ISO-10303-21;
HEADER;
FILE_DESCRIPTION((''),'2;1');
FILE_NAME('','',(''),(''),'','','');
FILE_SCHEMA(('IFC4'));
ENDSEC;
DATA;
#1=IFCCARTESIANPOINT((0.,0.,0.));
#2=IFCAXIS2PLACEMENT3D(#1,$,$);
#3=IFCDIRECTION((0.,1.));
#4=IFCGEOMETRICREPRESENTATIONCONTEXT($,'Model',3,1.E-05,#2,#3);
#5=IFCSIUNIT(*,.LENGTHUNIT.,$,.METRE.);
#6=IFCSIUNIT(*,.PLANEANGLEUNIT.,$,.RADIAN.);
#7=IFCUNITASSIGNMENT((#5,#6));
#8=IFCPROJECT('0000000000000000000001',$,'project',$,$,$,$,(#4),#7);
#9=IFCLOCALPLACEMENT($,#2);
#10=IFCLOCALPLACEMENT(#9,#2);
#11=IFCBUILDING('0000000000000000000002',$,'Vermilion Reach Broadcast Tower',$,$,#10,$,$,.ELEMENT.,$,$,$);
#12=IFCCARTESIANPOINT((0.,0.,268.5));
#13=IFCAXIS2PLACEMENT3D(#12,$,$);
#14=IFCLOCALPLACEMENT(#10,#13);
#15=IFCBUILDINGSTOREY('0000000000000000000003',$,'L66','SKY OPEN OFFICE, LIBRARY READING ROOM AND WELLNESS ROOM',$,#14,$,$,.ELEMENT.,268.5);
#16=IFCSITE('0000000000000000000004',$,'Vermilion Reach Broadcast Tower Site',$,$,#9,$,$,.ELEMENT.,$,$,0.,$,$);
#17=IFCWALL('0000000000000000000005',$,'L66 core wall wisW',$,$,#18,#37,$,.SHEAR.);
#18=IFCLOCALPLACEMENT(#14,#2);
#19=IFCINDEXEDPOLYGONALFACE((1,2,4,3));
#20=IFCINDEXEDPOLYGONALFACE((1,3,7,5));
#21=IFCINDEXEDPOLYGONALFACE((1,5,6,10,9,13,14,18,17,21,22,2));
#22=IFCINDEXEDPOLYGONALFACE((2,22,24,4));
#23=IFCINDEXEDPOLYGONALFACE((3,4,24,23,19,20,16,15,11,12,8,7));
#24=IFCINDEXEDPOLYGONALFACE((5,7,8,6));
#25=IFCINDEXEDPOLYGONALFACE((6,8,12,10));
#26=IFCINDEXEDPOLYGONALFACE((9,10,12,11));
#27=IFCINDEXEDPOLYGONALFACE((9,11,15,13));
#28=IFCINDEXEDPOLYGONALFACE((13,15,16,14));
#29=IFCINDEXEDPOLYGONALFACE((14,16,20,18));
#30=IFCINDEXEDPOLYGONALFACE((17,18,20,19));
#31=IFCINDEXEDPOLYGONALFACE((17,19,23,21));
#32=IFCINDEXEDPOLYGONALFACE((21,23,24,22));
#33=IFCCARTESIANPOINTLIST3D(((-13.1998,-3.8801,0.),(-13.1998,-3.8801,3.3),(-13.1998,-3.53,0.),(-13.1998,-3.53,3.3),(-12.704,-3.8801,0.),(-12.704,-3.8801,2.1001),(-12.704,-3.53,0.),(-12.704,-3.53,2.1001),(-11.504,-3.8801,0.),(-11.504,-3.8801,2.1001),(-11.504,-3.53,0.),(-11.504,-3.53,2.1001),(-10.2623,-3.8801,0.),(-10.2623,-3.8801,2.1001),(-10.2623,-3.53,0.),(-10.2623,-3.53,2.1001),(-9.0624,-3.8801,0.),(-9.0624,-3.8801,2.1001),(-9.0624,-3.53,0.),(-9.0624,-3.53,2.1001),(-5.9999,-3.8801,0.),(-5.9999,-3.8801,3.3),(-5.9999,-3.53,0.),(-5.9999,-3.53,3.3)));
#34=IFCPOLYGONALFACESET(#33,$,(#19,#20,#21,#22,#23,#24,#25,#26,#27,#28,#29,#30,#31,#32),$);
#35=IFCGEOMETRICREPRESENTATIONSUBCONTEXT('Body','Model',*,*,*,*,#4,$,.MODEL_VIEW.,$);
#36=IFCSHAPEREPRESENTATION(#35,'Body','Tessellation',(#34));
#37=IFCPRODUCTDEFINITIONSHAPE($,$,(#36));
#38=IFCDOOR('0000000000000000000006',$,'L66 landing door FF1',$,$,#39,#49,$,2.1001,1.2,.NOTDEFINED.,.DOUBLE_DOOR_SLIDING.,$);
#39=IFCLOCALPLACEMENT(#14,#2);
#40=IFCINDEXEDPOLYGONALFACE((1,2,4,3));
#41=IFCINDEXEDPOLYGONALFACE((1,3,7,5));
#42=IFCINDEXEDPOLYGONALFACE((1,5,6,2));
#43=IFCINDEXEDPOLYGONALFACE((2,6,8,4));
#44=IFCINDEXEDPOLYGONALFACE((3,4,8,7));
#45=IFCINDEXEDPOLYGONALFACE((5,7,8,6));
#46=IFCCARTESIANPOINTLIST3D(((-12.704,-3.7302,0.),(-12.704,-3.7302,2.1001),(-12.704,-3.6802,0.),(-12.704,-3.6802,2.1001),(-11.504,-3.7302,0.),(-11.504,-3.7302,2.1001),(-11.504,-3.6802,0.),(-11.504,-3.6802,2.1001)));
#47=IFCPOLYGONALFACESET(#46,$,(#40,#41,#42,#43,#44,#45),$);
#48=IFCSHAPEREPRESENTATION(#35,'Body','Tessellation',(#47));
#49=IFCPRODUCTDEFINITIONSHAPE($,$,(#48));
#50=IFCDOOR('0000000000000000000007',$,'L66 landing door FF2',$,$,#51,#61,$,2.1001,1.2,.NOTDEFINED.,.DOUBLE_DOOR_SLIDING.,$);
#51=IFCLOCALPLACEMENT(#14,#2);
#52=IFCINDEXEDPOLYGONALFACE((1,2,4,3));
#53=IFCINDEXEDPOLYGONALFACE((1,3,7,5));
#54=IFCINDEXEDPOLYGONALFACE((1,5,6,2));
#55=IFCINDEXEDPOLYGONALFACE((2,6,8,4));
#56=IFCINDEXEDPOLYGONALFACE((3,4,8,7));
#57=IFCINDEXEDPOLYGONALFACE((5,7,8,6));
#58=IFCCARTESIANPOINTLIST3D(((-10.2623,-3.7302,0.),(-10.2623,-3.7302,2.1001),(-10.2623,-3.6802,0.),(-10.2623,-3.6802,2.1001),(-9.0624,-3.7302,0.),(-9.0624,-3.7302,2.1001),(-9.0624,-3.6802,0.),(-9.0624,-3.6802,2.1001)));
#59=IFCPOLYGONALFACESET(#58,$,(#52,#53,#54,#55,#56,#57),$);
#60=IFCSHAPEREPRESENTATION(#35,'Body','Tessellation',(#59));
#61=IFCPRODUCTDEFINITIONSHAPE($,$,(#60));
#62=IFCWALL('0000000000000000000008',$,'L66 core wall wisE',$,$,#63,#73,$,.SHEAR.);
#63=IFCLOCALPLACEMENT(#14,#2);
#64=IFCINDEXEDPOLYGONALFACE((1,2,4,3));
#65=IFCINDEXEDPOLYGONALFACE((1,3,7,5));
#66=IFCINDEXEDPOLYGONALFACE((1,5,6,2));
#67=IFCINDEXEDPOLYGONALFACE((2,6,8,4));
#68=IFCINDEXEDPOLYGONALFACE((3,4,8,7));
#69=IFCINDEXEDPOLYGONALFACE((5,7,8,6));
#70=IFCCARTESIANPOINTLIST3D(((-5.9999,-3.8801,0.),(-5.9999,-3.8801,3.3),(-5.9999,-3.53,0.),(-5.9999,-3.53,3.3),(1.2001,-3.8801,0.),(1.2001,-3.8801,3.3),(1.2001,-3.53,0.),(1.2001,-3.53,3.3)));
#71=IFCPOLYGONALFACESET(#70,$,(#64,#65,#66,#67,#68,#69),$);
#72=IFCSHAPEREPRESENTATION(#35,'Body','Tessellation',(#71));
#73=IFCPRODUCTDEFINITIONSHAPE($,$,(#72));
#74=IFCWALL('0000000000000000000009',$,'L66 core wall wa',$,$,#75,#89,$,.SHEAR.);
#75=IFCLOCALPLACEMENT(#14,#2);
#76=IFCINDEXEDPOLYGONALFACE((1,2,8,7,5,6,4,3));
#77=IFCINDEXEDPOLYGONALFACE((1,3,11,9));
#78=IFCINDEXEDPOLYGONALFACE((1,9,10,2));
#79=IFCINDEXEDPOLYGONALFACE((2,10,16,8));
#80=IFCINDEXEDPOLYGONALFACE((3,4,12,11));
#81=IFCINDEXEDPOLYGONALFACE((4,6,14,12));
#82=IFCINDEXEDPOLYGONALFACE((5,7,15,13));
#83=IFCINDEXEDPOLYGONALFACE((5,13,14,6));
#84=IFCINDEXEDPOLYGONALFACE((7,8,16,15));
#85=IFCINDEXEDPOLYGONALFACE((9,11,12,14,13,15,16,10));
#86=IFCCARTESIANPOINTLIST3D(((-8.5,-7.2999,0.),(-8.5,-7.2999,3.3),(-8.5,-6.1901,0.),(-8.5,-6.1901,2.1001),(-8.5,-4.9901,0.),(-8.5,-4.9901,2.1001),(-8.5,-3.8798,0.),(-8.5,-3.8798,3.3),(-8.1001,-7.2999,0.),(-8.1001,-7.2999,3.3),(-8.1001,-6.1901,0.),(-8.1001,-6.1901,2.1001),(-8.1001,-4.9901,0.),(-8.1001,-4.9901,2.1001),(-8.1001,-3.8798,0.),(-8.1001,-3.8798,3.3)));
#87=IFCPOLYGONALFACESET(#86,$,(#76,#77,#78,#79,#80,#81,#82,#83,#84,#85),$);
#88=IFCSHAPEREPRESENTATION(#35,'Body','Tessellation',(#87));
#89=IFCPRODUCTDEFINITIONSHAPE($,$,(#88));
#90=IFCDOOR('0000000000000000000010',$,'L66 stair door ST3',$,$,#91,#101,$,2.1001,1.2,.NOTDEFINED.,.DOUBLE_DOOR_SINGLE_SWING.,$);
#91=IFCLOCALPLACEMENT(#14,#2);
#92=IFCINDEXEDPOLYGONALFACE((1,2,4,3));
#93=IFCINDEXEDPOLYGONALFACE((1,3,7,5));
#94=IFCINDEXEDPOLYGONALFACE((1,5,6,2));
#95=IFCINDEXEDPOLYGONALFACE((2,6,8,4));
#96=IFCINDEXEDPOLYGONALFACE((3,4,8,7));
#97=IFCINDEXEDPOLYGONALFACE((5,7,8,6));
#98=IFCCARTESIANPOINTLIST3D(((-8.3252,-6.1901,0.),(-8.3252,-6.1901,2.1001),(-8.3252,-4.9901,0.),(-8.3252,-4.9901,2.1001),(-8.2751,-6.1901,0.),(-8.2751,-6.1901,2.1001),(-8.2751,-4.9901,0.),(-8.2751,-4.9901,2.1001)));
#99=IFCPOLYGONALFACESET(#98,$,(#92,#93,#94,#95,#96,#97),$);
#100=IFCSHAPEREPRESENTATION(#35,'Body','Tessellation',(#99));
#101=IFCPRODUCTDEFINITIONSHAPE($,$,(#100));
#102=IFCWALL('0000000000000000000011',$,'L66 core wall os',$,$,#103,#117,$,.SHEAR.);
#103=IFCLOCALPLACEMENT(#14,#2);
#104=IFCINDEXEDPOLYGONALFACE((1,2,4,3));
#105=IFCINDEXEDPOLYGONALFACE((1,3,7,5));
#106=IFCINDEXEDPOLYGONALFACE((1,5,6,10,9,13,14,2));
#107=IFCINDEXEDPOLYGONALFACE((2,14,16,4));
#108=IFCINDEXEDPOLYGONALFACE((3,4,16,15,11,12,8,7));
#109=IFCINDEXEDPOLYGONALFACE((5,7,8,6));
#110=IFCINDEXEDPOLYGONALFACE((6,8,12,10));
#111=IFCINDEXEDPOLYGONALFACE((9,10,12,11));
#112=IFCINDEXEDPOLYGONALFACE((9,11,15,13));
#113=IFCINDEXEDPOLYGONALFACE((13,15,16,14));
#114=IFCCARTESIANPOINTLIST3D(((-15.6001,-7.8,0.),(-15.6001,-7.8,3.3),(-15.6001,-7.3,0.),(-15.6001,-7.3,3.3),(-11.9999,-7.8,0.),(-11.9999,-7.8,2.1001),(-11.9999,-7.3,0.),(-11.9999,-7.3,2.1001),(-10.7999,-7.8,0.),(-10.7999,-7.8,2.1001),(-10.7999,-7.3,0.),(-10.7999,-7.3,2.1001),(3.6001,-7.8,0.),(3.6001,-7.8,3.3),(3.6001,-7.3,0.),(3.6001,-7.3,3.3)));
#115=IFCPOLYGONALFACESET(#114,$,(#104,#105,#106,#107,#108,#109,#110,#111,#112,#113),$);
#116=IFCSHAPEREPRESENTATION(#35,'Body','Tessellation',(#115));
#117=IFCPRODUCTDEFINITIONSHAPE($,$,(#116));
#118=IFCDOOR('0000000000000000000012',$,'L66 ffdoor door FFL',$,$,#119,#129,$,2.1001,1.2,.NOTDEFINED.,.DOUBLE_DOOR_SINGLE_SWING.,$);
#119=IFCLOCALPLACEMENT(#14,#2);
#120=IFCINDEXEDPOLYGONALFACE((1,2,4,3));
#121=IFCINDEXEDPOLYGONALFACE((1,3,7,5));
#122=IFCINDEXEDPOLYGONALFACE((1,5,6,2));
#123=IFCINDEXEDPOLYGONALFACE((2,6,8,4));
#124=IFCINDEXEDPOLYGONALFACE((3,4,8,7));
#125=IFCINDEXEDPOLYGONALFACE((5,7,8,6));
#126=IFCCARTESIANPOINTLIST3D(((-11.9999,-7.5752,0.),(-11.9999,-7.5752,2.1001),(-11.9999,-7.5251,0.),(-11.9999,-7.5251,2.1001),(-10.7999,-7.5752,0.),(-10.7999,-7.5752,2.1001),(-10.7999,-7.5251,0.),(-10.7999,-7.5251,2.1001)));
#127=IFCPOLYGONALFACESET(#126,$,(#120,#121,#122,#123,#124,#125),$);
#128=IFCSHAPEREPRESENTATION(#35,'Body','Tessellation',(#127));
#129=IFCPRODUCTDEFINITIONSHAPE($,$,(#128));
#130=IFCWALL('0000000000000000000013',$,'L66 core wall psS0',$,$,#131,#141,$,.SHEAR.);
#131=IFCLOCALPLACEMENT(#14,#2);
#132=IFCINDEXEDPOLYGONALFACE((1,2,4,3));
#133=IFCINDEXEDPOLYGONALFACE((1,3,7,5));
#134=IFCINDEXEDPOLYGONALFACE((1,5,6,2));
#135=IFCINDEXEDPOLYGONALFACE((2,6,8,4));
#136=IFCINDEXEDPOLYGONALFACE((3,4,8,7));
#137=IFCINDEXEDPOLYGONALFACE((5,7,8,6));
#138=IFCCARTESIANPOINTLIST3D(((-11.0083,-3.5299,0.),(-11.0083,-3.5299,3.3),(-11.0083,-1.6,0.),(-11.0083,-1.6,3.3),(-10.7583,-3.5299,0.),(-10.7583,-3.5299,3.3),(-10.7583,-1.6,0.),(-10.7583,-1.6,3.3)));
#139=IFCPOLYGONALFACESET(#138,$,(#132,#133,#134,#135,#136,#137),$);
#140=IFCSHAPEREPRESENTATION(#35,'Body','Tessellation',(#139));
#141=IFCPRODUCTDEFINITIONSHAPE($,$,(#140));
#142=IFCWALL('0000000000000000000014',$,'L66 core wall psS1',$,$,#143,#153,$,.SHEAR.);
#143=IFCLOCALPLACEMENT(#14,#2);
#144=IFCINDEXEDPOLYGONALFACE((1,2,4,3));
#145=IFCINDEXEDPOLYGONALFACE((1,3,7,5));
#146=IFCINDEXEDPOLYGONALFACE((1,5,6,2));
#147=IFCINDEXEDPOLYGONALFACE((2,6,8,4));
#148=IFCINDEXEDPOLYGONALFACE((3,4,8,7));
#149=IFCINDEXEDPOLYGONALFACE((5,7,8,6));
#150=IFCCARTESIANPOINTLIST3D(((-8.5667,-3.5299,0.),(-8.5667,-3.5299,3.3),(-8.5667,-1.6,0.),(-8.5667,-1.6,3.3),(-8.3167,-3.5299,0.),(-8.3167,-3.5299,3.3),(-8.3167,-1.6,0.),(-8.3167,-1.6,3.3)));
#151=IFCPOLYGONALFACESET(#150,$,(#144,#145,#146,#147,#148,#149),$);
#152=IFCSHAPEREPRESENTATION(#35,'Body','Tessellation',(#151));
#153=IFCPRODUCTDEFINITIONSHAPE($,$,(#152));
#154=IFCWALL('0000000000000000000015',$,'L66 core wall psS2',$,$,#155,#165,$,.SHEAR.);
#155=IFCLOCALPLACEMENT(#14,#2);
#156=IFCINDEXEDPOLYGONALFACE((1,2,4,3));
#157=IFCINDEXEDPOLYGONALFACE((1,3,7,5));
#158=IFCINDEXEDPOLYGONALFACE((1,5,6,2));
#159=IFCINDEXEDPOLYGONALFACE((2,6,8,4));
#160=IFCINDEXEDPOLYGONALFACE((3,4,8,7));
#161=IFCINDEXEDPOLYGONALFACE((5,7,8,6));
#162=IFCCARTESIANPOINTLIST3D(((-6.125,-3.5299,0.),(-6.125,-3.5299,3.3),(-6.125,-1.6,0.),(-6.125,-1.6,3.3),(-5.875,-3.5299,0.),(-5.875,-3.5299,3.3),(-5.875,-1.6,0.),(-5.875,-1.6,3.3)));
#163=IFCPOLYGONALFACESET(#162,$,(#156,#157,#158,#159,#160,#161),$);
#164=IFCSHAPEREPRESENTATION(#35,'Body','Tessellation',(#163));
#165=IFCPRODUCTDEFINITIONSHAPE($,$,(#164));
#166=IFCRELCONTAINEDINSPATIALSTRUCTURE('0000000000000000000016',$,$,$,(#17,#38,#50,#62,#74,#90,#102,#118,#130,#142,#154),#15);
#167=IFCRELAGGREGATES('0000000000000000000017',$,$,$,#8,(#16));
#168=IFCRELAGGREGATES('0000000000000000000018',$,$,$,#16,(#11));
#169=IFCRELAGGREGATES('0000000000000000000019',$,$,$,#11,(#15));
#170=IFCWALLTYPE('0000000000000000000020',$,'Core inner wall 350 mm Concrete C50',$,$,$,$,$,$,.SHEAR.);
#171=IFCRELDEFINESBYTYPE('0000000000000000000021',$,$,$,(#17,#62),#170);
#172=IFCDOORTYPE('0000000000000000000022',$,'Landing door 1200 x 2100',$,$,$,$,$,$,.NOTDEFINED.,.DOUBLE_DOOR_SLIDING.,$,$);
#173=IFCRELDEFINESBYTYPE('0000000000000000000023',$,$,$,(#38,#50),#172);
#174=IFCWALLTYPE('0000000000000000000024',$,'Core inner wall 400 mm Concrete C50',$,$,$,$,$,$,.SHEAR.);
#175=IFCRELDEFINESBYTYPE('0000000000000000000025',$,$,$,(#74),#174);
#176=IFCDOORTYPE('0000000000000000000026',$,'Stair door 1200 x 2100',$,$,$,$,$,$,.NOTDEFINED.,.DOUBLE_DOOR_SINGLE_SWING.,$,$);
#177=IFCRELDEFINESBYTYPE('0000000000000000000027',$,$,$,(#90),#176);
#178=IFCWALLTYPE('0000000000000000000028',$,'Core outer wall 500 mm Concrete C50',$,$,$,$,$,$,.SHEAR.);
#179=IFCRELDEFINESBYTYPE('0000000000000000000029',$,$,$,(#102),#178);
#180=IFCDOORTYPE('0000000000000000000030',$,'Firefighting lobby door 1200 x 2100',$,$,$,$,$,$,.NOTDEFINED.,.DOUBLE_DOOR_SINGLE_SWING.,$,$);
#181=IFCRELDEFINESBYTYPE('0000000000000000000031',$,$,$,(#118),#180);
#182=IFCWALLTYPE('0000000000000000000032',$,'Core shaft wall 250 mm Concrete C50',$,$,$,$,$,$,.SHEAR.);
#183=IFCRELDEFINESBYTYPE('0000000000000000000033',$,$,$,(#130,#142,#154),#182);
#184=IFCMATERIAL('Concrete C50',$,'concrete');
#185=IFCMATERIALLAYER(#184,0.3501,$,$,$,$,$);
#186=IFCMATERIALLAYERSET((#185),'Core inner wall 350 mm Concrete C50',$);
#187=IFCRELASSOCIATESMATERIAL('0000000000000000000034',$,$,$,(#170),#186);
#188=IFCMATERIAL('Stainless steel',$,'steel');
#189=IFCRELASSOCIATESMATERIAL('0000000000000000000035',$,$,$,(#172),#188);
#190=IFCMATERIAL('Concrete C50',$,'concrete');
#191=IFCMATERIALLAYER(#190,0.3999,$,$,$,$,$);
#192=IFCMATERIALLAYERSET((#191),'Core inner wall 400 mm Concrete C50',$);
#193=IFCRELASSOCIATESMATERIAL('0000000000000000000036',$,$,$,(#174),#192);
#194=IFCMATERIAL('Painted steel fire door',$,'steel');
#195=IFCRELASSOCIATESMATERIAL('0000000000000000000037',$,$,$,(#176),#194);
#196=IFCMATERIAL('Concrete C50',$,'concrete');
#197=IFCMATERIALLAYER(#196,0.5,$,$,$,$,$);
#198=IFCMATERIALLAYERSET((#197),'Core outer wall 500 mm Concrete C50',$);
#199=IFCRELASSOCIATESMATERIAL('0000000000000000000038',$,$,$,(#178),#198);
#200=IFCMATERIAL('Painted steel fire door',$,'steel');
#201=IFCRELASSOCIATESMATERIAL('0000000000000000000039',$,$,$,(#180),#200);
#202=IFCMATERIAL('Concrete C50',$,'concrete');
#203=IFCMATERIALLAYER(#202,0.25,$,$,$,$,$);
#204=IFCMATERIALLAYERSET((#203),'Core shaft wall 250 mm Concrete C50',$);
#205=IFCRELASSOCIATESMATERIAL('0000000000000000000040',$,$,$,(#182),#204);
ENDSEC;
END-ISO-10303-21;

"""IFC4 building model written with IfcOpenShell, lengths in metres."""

from ifc_helpers import new_model, si_unit, direction, frame, frame_2d, origin, place, context, subcontext, project, spatial, rectangle, extrude, material, layer, layer_set, type_object, element, fill, save


model = new_model("IFC4")

# Units and contexts
model_context = context("Model", 3, precision=1e-05, world=origin(), true_north=direction((0.0, 1.0)))
body_context = subcontext(model_context, "Body", "Model", "MODEL_VIEW")
ifc_project = project(units=[si_unit("LENGTHUNIT", "METRE"), si_unit("PLANEANGLEUNIT", "RADIAN")], contexts=[model_context])

# Site, building, storey
site_placement = place(None, origin())
site = spatial("IfcSite", under=ifc_project, at=site_placement, Name="Vermilion Reach Broadcast Tower Site", CompositionType="ELEMENT", RefElevation=0.0)
building_placement = place(site_placement, origin())
building = spatial("IfcBuilding", under=site, at=building_placement, Name="Vermilion Reach Broadcast Tower", CompositionType="ELEMENT")
storey_placement = place(building_placement, frame((0.0, 0.0, 268.5)))
storey = spatial("IfcBuildingStorey", under=building, at=storey_placement, Name="L66", Description="SKY OPEN OFFICE, LIBRARY READING ROOM AND WELLNESS ROOM", CompositionType="ELEMENT", Elevation=268.5)

# Wall, openings, doors
ifc_material_1 = material(Name="Concrete C50", Category="concrete")
ifc_layer_1 = layer(ifc_material_1, 0.3501)
ifc_layer_set_1 = layer_set([ifc_layer_1], Name="Core inner wall 350 mm Concrete C50")
wall_type_1 = type_object("IfcWallType", Name="Core inner wall 350 mm Concrete C50", PredefinedType="SHEAR", material=ifc_layer_set_1)
wall_1_placement = place(storey_placement, frame((-13.2, -3.7051, 0.0), z_axis=(0.0, 0.0, 1.0), x_axis=(1.0, 0.0, 0.0)))
wall_1 = element("IfcWall", 1, at=wall_1_placement, inside=storey, type_object=wall_type_1, Name="L66 core wall wisW", PredefinedType="SHEAR", context=body_context, shape_type="SweptSolid", body=[
    extrude(rectangle(XDim=7.2, YDim=0.3501, at=frame_2d((3.6001, 0.0))), origin(), (0.0, 0.0, 1.0), 3.3),
])
opening_1_placement = place(wall_1_placement, frame((0.4958, 0.0, 0.0)))
opening_1 = element("IfcOpeningElement", 2, at=opening_1_placement, cuts=wall_1, PredefinedType="OPENING", context=body_context, shape_type="SweptSolid", body=[
    extrude(rectangle(XDim=1.2, YDim=2.1001, at=frame_2d((0.6001, 1.05))), frame((0.0, 0.1851, 0.0), z_axis=(0.0, -1.0, 0.0), x_axis=(1.0, 0.0, 0.0)), (0.0, 0.0, 1.0), 0.3701),
])
opening_2_placement = place(wall_1_placement, frame((2.9375, 0.0, 0.0)))
opening_2 = element("IfcOpeningElement", 3, at=opening_2_placement, cuts=wall_1, PredefinedType="OPENING", context=body_context, shape_type="SweptSolid", body=[
    extrude(rectangle(XDim=1.2, YDim=2.1001, at=frame_2d((0.6001, 1.05))), frame((0.0, 0.1851, 0.0), z_axis=(0.0, -1.0, 0.0), x_axis=(1.0, 0.0, 0.0)), (0.0, 0.0, 1.0), 0.3701),
])
ifc_material_2 = material(Name="Stainless steel", Category="steel")
door_type_1 = type_object("IfcDoorType", Name="Landing door 1200 x 2100", OperationType="DOUBLE_DOOR_SLIDING", PredefinedType="NOTDEFINED", material=ifc_material_2)
door_1_placement = place(opening_1_placement, origin())
door_1 = element("IfcDoor", 4, at=door_1_placement, inside=storey, type_object=door_type_1, Name="L66 landing door FF1", OperationType="DOUBLE_DOOR_SLIDING", OverallHeight=2.1001, OverallWidth=1.2, PredefinedType="NOTDEFINED", context=body_context, shape_type="SweptSolid", body=[
    extrude(rectangle(XDim=1.2, YDim=2.1001, at=frame_2d((0.6001, 1.05))), frame((0.0, 0.0249, 0.0), z_axis=(0.0, -1.0, 0.0), x_axis=(1.0, 0.0, 0.0)), (0.0, 0.0, 1.0), 0.05),
])
fill(opening_1, door_1)
door_2_placement = place(opening_2_placement, origin())
door_2 = element("IfcDoor", 5, at=door_2_placement, inside=storey, type_object=door_type_1, Name="L66 landing door FF2", OperationType="DOUBLE_DOOR_SLIDING", OverallHeight=2.1001, OverallWidth=1.2, PredefinedType="NOTDEFINED", context=body_context, shape_type="SweptSolid", body=[
    extrude(rectangle(XDim=1.2, YDim=2.1001, at=frame_2d((0.6001, 1.05))), frame((0.0, 0.0249, 0.0), z_axis=(0.0, -1.0, 0.0), x_axis=(1.0, 0.0, 0.0)), (0.0, 0.0, 1.0), 0.05),
])
fill(opening_2, door_2)

# Wall
wall_2_placement = place(storey_placement, frame((-6.0, -3.7051, 0.0), z_axis=(0.0, 0.0, 1.0), x_axis=(1.0, 0.0, 0.0)))
element("IfcWall", 6, at=wall_2_placement, inside=storey, type_object=wall_type_1, Name="L66 core wall wisE", PredefinedType="SHEAR", context=body_context, shape_type="SweptSolid", body=[
    extrude(rectangle(XDim=7.2, YDim=0.3501, at=frame_2d((3.6001, 0.0))), origin(), (0.0, 0.0, 1.0), 3.3),
])

# Walls, openings, doors
ifc_material_3 = material(Name="Concrete C50", Category="concrete")
ifc_layer_2 = layer(ifc_material_3, 0.3999)
ifc_layer_set_2 = layer_set([ifc_layer_2], Name="Core inner wall 400 mm Concrete C50")
wall_type_2 = type_object("IfcWallType", Name="Core inner wall 400 mm Concrete C50", PredefinedType="SHEAR", material=ifc_layer_set_2)
wall_3_placement = place(storey_placement, frame((-8.3, -3.8799, 0.0), z_axis=(0.0, 0.0, 1.0), x_axis=(0.0, -1.0, 0.0)))
wall_3 = element("IfcWall", 7, at=wall_3_placement, inside=storey, type_object=wall_type_2, Name="L66 core wall wa", PredefinedType="SHEAR", context=body_context, shape_type="SweptSolid", body=[
    extrude(rectangle(XDim=3.4202, YDim=0.3999, at=frame_2d((1.71, 0.0))), origin(), (0.0, 0.0, 1.0), 3.3),
])
opening_3_placement = place(wall_3_placement, frame((1.1101, 0.0, 0.0)))
opening_3 = element("IfcOpeningElement", 8, at=opening_3_placement, cuts=wall_3, PredefinedType="OPENING", context=body_context, shape_type="SweptSolid", body=[
    extrude(rectangle(XDim=1.2, YDim=2.1001, at=frame_2d((0.6001, 1.05))), frame((0.0, 0.21, 0.0), z_axis=(0.0, -1.0, 0.0), x_axis=(1.0, 0.0, 0.0)), (0.0, 0.0, 1.0), 0.4199),
])
ifc_material_4 = material(Name="Painted steel fire door", Category="steel")
door_type_2 = type_object("IfcDoorType", Name="Stair door 1200 x 2100", OperationType="DOUBLE_DOOR_SINGLE_SWING", PredefinedType="NOTDEFINED", material=ifc_material_4)
door_3_placement = place(opening_3_placement, origin())
door_3 = element("IfcDoor", 9, at=door_3_placement, inside=storey, type_object=door_type_2, Name="L66 stair door ST3", OperationType="DOUBLE_DOOR_SINGLE_SWING", OverallHeight=2.1001, OverallWidth=1.2, PredefinedType="NOTDEFINED", context=body_context, shape_type="SweptSolid", body=[
    extrude(rectangle(XDim=1.2, YDim=2.1001, at=frame_2d((0.6001, 1.05))), frame((0.0, 0.0249, 0.0), z_axis=(0.0, -1.0, 0.0), x_axis=(1.0, 0.0, 0.0)), (0.0, 0.0, 1.0), 0.05),
])
fill(opening_3, door_3)
ifc_material_5 = material(Name="Concrete C50", Category="concrete")
ifc_layer_3 = layer(ifc_material_5, 0.5)
ifc_layer_set_3 = layer_set([ifc_layer_3], Name="Core outer wall 500 mm Concrete C50")
wall_type_3 = type_object("IfcWallType", Name="Core outer wall 500 mm Concrete C50", PredefinedType="SHEAR", material=ifc_layer_set_3)
wall_4_placement = place(storey_placement, frame((-15.6001, -7.55, 0.0), z_axis=(0.0, 0.0, 1.0), x_axis=(1.0, 0.0, 0.0)))
wall_4 = element("IfcWall", 10, at=wall_4_placement, inside=storey, type_object=wall_type_3, Name="L66 core wall os", PredefinedType="SHEAR", context=body_context, shape_type="SweptSolid", body=[
    extrude(rectangle(XDim=19.2002, YDim=0.5, at=frame_2d((9.6001, 0.0))), origin(), (0.0, 0.0, 1.0), 3.3),
])
opening_4_placement = place(wall_4_placement, frame((3.6001, 0.0, 0.0)))
opening_4 = element("IfcOpeningElement", 11, at=opening_4_placement, cuts=wall_4, PredefinedType="OPENING", context=body_context, shape_type="SweptSolid", body=[
    extrude(rectangle(XDim=1.2, YDim=2.1001, at=frame_2d((0.6001, 1.05))), frame((0.0, 0.26, 0.0), z_axis=(0.0, -1.0, 0.0), x_axis=(1.0, 0.0, 0.0)), (0.0, 0.0, 1.0), 0.52),
])
ifc_material_6 = material(Name="Painted steel fire door", Category="steel")
door_type_3 = type_object("IfcDoorType", Name="Firefighting lobby door 1200 x 2100", OperationType="DOUBLE_DOOR_SINGLE_SWING", PredefinedType="NOTDEFINED", material=ifc_material_6)
door_4_placement = place(opening_4_placement, origin())
door_4 = element("IfcDoor", 12, at=door_4_placement, inside=storey, type_object=door_type_3, Name="L66 ffdoor door FFL", OperationType="DOUBLE_DOOR_SINGLE_SWING", OverallHeight=2.1001, OverallWidth=1.2, PredefinedType="NOTDEFINED", context=body_context, shape_type="SweptSolid", body=[
    extrude(rectangle(XDim=1.2, YDim=2.1001, at=frame_2d((0.6001, 1.05))), frame((0.0, 0.0249, 0.0), z_axis=(0.0, -1.0, 0.0), x_axis=(1.0, 0.0, 0.0)), (0.0, 0.0, 1.0), 0.05),
])
fill(opening_4, door_4)

# Walls
ifc_material_7 = material(Name="Concrete C50", Category="concrete")
ifc_layer_4 = layer(ifc_material_7, 0.25)
ifc_layer_set_4 = layer_set([ifc_layer_4], Name="Core shaft wall 250 mm Concrete C50")
wall_type_4 = type_object("IfcWallType", Name="Core shaft wall 250 mm Concrete C50", PredefinedType="SHEAR", material=ifc_layer_set_4)
for number, where, z_axis, x_axis, name in (
    (13, (-10.8833, -1.6001, 0.0), (0.0, 0.0, 1.0), (0.0, -1.0, 0.0), "L66 core wall psS0"),
    (14, (-8.4417, -1.6001, 0.0), (0.0, 0.0, 1.0), (0.0, -1.0, 0.0), "L66 core wall psS1"),
    (15, (-6.0, -1.6001, 0.0), (0.0, 0.0, 1.0), (0.0, -1.0, 0.0), "L66 core wall psS2"),
):
    element("IfcWall", number, at=place(storey_placement, frame(where, z_axis=z_axis, x_axis=x_axis)), inside=storey, type_object=wall_type_4, Name=name, PredefinedType="SHEAR", context=body_context, shape_type="SweptSolid", body=[
        extrude(rectangle(XDim=1.9299, YDim=0.25, at=frame_2d((0.9648, 0.0))), origin(), (0.0, 0.0, 1.0), 3.3),
    ])

save(model, "model.ifc")
